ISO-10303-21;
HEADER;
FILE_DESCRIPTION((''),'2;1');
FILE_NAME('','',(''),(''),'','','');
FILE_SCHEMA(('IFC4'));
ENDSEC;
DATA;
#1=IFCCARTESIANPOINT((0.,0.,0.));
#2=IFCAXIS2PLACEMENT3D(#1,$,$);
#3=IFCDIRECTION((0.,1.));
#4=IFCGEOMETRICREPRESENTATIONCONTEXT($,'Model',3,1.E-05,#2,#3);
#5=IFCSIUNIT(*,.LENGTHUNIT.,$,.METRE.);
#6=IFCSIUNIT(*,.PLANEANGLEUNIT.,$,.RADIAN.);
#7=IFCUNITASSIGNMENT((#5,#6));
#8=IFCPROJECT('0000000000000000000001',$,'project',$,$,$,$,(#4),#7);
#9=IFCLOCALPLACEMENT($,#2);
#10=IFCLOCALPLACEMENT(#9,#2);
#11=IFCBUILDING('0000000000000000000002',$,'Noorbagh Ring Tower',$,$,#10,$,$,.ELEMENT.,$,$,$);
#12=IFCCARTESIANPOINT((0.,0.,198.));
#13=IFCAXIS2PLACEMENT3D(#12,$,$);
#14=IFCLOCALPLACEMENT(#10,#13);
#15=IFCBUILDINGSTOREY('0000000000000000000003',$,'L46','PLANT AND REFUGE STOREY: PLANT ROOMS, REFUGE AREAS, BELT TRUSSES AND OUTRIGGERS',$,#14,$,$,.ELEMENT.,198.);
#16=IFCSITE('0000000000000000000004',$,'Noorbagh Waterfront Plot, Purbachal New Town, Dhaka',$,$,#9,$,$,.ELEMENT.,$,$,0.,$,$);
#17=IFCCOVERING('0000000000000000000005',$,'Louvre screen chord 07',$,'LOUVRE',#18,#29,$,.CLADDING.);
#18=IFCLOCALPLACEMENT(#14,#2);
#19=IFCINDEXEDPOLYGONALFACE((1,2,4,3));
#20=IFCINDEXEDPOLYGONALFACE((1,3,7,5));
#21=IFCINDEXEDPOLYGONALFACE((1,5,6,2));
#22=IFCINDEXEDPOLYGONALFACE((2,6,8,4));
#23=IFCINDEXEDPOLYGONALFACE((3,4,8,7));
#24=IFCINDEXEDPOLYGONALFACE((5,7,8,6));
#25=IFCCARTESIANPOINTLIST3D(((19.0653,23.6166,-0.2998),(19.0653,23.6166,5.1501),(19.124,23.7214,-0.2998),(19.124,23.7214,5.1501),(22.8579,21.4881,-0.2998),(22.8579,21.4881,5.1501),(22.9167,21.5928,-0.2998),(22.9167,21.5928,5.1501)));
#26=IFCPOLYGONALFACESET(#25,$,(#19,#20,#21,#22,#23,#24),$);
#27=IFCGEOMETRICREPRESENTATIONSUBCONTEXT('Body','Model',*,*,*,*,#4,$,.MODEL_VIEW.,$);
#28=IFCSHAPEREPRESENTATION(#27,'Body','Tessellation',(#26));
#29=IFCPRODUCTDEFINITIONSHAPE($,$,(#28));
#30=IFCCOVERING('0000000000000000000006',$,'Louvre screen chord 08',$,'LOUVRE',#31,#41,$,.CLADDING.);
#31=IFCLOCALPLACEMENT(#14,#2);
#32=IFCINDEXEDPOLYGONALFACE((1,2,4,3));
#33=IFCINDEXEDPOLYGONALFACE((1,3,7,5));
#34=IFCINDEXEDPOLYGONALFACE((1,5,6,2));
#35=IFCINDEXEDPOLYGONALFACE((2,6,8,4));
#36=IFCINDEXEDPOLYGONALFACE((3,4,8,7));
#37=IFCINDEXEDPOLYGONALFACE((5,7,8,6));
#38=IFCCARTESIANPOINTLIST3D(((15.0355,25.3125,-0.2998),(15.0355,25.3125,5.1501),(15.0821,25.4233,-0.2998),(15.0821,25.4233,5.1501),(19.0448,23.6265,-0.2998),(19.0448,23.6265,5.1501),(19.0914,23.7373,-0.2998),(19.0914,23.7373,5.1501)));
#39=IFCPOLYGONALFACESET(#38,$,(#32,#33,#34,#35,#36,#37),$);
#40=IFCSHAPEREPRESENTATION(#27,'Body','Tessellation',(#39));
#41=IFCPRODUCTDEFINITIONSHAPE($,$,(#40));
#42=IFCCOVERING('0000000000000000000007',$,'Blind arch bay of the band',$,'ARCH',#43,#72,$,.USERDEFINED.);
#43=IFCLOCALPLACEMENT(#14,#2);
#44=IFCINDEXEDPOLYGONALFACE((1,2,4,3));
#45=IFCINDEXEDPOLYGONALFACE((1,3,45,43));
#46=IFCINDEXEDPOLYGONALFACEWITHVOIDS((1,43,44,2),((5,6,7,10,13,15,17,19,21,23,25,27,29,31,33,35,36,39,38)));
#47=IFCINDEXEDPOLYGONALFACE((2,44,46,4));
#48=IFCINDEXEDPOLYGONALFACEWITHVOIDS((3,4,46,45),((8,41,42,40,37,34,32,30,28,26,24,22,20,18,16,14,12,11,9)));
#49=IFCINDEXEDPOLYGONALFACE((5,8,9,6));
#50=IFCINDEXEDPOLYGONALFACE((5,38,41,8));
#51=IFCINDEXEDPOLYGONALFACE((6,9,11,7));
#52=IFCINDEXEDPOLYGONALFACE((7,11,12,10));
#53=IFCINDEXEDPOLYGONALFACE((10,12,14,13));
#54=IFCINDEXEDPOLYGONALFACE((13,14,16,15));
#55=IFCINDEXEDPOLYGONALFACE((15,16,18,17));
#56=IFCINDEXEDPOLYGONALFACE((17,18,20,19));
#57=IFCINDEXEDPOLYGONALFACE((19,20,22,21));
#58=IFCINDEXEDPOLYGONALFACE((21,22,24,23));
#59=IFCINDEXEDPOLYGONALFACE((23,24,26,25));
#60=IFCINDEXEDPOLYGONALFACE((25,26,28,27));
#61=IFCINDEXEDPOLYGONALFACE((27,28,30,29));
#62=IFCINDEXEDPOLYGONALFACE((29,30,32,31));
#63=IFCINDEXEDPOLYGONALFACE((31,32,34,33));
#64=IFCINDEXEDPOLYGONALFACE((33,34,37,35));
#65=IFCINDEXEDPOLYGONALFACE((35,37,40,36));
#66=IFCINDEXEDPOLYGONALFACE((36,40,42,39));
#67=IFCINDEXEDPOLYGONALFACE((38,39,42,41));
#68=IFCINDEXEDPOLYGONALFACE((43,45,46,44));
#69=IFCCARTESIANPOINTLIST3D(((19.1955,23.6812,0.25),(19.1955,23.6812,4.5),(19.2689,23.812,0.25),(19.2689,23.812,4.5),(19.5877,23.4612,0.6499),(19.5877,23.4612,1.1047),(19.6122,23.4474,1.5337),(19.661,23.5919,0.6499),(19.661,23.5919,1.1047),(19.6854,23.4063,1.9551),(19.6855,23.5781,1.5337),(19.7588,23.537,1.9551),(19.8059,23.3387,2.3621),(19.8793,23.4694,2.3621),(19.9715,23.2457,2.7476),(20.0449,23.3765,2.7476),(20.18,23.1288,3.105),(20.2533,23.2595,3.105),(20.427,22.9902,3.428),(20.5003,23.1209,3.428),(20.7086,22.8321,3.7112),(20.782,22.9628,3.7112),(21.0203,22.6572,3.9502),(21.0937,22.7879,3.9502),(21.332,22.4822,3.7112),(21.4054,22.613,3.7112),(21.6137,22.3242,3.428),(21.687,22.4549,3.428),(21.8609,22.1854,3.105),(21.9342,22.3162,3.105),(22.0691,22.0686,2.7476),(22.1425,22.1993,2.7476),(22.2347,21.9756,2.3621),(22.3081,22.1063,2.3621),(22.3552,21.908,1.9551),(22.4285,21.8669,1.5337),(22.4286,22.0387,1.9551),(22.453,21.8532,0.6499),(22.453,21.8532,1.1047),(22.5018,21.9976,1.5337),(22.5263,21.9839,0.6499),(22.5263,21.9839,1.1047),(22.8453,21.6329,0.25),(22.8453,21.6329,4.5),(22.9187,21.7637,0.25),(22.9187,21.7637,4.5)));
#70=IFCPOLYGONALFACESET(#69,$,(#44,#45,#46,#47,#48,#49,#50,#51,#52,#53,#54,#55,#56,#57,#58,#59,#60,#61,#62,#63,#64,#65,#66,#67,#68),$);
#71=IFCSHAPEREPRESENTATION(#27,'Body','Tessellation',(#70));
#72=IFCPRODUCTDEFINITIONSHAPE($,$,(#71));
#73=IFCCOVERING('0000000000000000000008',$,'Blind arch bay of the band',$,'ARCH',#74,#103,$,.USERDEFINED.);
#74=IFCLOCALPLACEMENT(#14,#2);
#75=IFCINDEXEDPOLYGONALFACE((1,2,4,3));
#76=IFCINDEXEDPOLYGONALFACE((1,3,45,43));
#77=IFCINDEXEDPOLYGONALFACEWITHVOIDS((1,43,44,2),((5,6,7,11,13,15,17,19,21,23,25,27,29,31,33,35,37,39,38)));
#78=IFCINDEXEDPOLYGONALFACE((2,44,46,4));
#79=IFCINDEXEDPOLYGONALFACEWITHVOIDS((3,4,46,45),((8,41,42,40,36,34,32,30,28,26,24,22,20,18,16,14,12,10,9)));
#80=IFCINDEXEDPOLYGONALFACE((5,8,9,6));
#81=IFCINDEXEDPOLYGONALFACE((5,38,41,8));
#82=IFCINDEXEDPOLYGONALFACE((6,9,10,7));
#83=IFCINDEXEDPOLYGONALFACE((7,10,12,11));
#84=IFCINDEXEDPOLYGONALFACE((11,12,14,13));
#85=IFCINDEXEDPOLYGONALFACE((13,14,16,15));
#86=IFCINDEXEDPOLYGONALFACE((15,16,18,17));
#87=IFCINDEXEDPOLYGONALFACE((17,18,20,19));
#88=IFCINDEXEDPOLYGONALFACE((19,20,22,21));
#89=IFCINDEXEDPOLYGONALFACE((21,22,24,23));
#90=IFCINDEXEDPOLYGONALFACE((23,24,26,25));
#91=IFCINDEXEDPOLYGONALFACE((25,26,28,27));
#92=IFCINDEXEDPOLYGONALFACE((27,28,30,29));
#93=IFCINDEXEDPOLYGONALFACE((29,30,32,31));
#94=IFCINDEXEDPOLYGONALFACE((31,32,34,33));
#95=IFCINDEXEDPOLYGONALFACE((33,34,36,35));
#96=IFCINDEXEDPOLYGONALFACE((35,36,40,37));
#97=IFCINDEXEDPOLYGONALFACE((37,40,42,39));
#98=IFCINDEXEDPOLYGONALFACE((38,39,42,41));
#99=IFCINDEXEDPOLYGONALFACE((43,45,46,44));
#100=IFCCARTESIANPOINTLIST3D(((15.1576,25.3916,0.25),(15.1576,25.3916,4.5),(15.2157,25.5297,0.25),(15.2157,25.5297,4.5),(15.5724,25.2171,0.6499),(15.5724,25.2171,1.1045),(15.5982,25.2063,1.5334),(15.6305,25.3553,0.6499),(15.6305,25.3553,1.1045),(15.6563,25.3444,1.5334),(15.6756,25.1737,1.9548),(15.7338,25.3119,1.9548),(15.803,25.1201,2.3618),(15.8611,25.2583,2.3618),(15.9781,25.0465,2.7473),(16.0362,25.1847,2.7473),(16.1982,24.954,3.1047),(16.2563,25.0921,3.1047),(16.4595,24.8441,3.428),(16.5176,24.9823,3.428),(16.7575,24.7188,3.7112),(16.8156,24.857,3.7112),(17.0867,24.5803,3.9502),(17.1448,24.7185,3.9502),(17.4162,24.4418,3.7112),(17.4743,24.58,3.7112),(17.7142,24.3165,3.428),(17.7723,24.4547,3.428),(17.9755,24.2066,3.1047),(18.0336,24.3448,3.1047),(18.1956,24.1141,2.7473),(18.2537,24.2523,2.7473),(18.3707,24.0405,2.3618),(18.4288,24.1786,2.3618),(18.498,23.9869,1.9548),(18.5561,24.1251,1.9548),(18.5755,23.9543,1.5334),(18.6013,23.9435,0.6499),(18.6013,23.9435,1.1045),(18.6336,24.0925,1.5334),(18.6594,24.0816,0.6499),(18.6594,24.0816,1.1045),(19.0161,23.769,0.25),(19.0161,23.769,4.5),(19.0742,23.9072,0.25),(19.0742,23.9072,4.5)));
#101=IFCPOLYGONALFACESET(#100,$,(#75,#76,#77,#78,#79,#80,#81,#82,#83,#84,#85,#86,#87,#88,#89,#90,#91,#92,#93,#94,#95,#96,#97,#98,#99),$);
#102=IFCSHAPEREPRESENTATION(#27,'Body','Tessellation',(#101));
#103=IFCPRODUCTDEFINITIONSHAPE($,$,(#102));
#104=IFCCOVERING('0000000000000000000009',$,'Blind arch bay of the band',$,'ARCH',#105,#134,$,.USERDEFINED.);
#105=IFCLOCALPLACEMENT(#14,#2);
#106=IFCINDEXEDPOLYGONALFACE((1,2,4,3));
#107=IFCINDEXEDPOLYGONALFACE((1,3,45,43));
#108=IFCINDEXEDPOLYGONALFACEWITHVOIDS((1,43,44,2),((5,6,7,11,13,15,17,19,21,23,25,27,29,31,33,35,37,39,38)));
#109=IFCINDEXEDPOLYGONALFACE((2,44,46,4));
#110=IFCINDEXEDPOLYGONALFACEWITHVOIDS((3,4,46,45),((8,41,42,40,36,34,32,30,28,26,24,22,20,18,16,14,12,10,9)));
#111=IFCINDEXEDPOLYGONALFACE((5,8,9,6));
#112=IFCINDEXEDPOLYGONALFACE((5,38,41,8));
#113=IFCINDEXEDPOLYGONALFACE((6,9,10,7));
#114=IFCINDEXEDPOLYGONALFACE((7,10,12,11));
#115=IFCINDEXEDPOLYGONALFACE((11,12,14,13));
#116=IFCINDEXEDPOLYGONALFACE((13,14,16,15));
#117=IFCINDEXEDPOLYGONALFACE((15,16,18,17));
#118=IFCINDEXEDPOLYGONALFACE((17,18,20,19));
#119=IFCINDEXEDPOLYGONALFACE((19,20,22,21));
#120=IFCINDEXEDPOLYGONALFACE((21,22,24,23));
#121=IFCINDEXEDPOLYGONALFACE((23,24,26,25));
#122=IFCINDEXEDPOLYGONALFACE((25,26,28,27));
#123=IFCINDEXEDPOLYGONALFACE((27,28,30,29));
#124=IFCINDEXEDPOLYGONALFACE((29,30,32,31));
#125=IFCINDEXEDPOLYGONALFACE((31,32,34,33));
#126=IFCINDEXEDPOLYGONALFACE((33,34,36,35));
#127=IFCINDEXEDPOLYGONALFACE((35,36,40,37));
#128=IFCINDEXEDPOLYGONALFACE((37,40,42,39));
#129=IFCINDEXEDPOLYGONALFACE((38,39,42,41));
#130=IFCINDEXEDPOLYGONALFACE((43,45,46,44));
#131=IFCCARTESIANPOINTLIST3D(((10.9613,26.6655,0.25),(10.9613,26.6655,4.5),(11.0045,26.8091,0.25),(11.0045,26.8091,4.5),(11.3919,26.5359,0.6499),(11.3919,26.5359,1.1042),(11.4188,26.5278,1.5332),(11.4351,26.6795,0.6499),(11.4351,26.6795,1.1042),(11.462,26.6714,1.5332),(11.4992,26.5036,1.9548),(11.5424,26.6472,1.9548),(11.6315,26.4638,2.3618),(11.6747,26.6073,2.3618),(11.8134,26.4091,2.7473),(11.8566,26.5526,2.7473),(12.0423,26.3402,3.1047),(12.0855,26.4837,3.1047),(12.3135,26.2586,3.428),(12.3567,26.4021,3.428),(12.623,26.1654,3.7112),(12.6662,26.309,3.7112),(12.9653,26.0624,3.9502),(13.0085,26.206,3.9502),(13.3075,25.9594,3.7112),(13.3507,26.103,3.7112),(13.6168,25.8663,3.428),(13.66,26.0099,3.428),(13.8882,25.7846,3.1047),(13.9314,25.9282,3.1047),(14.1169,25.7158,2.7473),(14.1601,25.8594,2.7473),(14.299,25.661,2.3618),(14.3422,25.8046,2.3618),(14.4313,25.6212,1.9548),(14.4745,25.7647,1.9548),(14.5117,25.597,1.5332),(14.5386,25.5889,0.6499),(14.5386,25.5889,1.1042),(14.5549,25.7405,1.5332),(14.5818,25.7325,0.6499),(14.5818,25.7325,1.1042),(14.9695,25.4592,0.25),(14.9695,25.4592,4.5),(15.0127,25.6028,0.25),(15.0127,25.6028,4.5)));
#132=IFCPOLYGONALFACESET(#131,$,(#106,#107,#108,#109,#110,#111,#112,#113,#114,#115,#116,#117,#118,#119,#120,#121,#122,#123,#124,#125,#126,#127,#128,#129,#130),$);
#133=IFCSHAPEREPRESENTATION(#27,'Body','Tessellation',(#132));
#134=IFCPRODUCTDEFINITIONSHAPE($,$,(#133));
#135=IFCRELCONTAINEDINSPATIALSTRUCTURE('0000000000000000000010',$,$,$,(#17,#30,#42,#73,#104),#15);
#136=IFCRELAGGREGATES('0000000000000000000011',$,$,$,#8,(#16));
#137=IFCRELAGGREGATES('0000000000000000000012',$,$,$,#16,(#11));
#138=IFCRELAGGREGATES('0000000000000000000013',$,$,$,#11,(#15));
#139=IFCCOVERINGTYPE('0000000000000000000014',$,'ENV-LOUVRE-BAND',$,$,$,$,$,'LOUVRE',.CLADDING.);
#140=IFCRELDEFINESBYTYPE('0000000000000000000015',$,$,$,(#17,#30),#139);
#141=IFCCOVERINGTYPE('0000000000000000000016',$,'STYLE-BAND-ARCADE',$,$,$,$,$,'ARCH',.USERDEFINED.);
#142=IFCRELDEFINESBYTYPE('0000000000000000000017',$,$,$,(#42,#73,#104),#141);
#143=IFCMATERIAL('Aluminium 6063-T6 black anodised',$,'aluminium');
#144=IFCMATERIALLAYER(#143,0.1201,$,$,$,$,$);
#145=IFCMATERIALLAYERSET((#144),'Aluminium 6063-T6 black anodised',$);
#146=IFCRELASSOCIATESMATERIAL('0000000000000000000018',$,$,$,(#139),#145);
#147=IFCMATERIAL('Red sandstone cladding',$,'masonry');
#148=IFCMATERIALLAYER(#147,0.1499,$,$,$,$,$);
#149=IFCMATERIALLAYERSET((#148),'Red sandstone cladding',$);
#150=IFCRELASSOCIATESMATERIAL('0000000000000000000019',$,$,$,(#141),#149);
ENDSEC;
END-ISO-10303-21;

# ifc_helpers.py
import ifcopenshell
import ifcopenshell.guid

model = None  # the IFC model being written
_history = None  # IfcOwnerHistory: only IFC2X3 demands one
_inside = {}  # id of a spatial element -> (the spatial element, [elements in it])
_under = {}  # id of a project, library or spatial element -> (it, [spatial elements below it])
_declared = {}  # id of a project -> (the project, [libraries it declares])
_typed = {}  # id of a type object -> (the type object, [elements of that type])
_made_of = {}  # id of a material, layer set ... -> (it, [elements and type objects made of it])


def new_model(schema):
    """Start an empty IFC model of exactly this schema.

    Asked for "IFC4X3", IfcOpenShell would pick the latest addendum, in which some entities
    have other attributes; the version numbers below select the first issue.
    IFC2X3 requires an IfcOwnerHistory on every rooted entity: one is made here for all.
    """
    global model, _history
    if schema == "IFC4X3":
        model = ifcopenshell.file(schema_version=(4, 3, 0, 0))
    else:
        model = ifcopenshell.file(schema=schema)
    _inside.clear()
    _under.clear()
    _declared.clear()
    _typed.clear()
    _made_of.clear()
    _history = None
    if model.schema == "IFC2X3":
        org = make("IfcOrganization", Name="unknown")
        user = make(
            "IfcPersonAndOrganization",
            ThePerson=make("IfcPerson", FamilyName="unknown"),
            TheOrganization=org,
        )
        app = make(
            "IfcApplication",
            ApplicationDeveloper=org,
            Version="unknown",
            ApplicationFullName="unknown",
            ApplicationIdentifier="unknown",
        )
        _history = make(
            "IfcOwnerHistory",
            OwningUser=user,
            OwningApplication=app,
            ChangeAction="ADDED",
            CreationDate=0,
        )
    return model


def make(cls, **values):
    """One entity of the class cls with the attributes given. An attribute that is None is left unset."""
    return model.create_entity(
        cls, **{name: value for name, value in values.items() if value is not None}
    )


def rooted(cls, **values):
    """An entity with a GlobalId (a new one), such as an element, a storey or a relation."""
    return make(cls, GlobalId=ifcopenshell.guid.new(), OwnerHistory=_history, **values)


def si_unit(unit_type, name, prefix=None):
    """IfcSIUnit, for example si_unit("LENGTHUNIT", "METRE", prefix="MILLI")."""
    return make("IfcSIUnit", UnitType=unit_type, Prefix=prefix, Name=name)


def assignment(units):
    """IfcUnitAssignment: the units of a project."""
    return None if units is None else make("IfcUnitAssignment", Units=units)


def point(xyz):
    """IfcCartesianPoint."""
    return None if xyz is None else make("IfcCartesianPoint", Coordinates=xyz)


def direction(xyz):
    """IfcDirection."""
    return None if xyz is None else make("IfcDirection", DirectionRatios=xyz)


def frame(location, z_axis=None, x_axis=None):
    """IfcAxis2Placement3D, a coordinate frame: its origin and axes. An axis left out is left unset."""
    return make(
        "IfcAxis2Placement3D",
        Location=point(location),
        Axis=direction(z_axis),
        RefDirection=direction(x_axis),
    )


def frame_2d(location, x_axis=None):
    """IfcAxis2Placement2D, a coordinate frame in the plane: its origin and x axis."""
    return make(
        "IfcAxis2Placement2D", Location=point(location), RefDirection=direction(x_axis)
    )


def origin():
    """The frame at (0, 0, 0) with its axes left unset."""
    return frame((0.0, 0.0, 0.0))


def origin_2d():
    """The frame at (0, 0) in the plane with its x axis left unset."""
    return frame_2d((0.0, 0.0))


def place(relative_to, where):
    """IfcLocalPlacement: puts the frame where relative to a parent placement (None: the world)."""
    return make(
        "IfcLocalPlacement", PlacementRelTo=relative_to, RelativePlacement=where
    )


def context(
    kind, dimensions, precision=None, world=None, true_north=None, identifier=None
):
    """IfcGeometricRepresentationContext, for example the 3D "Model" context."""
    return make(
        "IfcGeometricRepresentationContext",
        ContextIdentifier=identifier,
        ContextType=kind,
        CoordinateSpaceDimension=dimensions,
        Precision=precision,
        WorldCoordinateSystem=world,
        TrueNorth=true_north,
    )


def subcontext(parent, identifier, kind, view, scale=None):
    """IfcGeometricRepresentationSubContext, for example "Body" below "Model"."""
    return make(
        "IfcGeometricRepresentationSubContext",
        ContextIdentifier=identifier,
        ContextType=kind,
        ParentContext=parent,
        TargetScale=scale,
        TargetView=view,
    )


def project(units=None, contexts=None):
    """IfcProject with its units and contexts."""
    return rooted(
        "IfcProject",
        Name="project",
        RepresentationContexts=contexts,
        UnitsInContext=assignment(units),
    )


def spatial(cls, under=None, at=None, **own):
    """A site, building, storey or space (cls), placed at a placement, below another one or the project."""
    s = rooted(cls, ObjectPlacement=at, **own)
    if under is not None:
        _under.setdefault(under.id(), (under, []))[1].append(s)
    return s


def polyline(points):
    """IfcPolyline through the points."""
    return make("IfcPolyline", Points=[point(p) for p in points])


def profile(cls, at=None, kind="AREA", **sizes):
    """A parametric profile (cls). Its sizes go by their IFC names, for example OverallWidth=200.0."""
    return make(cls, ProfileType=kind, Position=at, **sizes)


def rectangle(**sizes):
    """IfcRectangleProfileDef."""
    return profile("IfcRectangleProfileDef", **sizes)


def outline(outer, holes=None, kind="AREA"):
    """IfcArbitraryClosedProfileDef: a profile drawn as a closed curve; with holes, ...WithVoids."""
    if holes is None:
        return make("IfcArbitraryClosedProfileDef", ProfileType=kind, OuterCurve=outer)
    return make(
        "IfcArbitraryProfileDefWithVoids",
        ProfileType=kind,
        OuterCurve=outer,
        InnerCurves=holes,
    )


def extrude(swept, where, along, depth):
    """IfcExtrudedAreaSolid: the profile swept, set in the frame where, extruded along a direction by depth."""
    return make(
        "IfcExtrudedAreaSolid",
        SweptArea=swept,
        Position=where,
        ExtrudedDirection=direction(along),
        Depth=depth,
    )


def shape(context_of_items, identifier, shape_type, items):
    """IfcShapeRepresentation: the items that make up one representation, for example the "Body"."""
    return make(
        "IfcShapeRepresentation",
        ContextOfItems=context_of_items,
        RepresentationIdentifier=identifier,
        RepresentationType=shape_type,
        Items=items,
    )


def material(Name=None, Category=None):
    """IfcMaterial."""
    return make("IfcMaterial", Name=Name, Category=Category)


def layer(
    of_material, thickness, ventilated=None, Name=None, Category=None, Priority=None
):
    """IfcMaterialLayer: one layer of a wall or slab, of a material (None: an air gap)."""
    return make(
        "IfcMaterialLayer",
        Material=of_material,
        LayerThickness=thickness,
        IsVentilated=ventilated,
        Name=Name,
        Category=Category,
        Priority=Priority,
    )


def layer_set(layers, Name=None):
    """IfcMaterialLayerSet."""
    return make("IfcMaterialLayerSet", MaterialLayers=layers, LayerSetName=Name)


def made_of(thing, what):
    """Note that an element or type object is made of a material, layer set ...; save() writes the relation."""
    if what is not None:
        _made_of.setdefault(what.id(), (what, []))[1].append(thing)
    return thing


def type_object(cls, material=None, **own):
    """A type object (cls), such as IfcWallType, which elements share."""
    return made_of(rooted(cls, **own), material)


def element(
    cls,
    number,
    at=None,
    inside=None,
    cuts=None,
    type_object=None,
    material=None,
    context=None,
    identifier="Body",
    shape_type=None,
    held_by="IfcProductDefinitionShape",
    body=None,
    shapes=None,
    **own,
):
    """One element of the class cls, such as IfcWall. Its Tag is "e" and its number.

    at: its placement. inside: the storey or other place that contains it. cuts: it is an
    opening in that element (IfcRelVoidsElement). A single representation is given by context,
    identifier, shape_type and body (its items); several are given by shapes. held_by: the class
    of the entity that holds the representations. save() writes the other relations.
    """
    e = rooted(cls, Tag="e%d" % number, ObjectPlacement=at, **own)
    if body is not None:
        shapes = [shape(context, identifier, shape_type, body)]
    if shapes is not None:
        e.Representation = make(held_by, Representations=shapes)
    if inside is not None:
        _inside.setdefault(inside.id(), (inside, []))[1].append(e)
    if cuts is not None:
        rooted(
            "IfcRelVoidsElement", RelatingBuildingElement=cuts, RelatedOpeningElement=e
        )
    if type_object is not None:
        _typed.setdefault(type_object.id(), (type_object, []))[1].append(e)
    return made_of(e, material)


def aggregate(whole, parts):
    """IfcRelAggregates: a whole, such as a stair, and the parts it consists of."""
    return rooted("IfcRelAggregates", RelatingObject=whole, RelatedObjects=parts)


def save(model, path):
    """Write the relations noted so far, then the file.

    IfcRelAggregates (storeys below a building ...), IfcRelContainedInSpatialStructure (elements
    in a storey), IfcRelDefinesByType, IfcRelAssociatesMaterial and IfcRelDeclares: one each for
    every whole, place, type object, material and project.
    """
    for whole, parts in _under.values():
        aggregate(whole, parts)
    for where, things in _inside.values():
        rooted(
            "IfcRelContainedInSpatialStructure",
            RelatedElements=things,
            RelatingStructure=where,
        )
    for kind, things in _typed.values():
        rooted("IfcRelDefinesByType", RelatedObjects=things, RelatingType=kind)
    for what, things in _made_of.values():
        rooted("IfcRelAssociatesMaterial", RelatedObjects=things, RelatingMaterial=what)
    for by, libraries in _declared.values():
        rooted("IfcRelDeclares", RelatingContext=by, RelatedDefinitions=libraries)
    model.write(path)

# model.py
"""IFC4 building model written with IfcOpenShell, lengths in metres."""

from ifc_helpers import new_model, si_unit, direction, frame, origin, origin_2d, place, context, subcontext, project, spatial, polyline, rectangle, outline, extrude, material, layer, layer_set, type_object, element, save


model = new_model("IFC4")

# Units and contexts
model_context = context("Model", 3, precision=1e-05, world=origin(), true_north=direction((0.0, 1.0)))
body_context = subcontext(model_context, "Body", "Model", "MODEL_VIEW")
ifc_project = project(units=[si_unit("LENGTHUNIT", "METRE"), si_unit("PLANEANGLEUNIT", "RADIAN")], contexts=[model_context])

# Site, building, storey
site_placement = place(None, origin())
site = spatial("IfcSite", under=ifc_project, at=site_placement, Name="Noorbagh Waterfront Plot, Purbachal New Town, Dhaka", CompositionType="ELEMENT", RefElevation=0.0)
building_placement = place(site_placement, origin())
building = spatial("IfcBuilding", under=site, at=building_placement, Name="Noorbagh Ring Tower", CompositionType="ELEMENT")
storey_placement = place(building_placement, frame((0.0, 0.0, 198.0)))
storey = spatial("IfcBuildingStorey", under=building, at=storey_placement, Name="L46", Description="PLANT AND REFUGE STOREY: PLANT ROOMS, REFUGE AREAS, BELT TRUSSES AND OUTRIGGERS", CompositionType="ELEMENT", Elevation=198.0)

# Coverings
ifc_material_1 = material(Name="Aluminium 6063-T6 black anodised", Category="aluminium")
ifc_layer_1 = layer(ifc_material_1, 0.1201)
ifc_layer_set_1 = layer_set([ifc_layer_1], Name="Aluminium 6063-T6 black anodised")
covering_type_1 = type_object("IfcCoveringType", Name="ENV-LOUVRE-BAND", ElementType="LOUVRE", PredefinedType="CLADDING", material=ifc_layer_set_1)
covering_1_placement = place(storey_placement, frame((20.991, 22.6047, -0.2998), z_axis=(0.0, 0.0, 1.0), x_axis=(-0.872045, 0.489426, 0.0)))
element("IfcCovering", 1, at=covering_1_placement, inside=storey, type_object=covering_type_1, Name="Louvre screen chord 07", ObjectType="LOUVRE", PredefinedType="CLADDING", context=body_context, shape_type="SweptSolid", body=[
    extrude(rectangle(XDim=4.3491, YDim=0.1201, at=origin_2d()), origin(), (0.0, 0.0, 1.0), 5.45),
])
covering_2_placement = place(storey_placement, frame((17.0635, 24.5249, -0.2998), z_axis=(0.0, 0.0, 1.0), x_axis=(-0.921812, 0.387638, 0.0)))
element("IfcCovering", 2, at=covering_2_placement, inside=storey, type_object=covering_type_1, Name="Louvre screen chord 08", ObjectType="LOUVRE", PredefinedType="CLADDING", context=body_context, shape_type="SweptSolid", body=[
    extrude(rectangle(XDim=4.3494, YDim=0.1201, at=origin_2d()), origin(), (0.0, 0.0, 1.0), 5.45),
])
ifc_material_2 = material(Name="Red sandstone cladding", Category="masonry")
ifc_layer_2 = layer(ifc_material_2, 0.1499)
ifc_layer_set_2 = layer_set([ifc_layer_2], Name="Red sandstone cladding")
covering_type_2 = type_object("IfcCoveringType", Name="STYLE-BAND-ARCADE", ElementType="ARCH", PredefinedType="USERDEFINED", material=ifc_layer_set_2)
covering_3_placement = place(storey_placement, frame((22.9187, 21.7637, 0.25), z_axis=(0.489402, 0.872058, 0.0), x_axis=(-0.872058, 0.489402, 0.0)))
element("IfcCovering", 3, at=covering_3_placement, inside=storey, type_object=covering_type_2, Name="Blind arch bay of the band", ObjectType="ARCH", PredefinedType="USERDEFINED", context=body_context, shape_type="SweptSolid", body=[
    extrude(outline(polyline([(0.0, 0.0), (4.1853, 0.0), (4.1853, 4.25), (0.0, 4.25), (0.0, 0.0)]), holes=[polyline([(0.45, 0.3999), (0.45, 0.8547), (0.478, 1.2837), (0.562, 1.7051), (0.7002, 2.1121), (0.8901, 2.4976), (1.1289, 2.855), (1.4124, 3.178), (1.7354, 3.4612), (2.0928, 3.7002), (2.4502, 3.4612), (2.7732, 3.178), (3.0564, 2.855), (3.2954, 2.4976), (3.4854, 2.1121), (3.6235, 1.7051), (3.7075, 1.2837), (3.7356, 0.8547), (3.7356, 0.3999), (0.45, 0.3999)])]), origin(), (0.0, 0.0, -1.0), 0.1499),
])
covering_4_placement = place(storey_placement, frame((19.0742, 23.9072, 0.25), z_axis=(0.387624, 0.921818, 0.0), x_axis=(-0.921818, 0.387624, 0.0)))
element("IfcCovering", 4, at=covering_4_placement, inside=storey, type_object=covering_type_2, Name="Blind arch bay of the band", ObjectType="ARCH", PredefinedType="USERDEFINED", context=body_context, shape_type="SweptSolid", body=[
    extrude(outline(polyline([(0.0, 0.0), (4.1858, 0.0), (4.1858, 4.25), (0.0, 4.25), (0.0, 0.0)]), holes=[polyline([(0.45, 0.3999), (0.45, 0.8545), (0.478, 1.2834), (0.562, 1.7048), (0.7002, 2.1118), (0.8901, 2.4973), (1.1289, 2.8547), (1.4124, 3.178), (1.7356, 3.4612), (2.093, 3.7002), (2.4502, 3.4612), (2.7734, 3.178), (3.0569, 2.8547), (3.2957, 2.4973), (3.4856, 2.1118), (3.6238, 1.7048), (3.7078, 1.2834), (3.7358, 0.8545), (3.7358, 0.3999), (0.45, 0.3999)])]), origin(), (0.0, 0.0, -1.0), 0.1499),
])
covering_5_placement = place(storey_placement, frame((15.0127, 25.6028, 0.25), z_axis=(0.288183, 0.957575, 0.0), x_axis=(-0.957575, 0.288183, 0.0)))
element("IfcCovering", 5, at=covering_5_placement, inside=storey, type_object=covering_type_2, Name="Blind arch bay of the band", ObjectType="ARCH", PredefinedType="USERDEFINED", context=body_context, shape_type="SweptSolid", body=[
    extrude(outline(polyline([(0.0, 0.0), (4.1858, 0.0), (4.1858, 4.25), (0.0, 4.25), (0.0, 0.0)]), holes=[polyline([(0.45, 0.3999), (0.45, 0.8542), (0.478, 1.2832), (0.562, 1.7048), (0.7002, 2.1118), (0.8904, 2.4973), (1.1292, 2.8547), (1.4126, 3.178), (1.7356, 3.4612), (2.093, 3.7002), (2.4504, 3.4612), (2.7737, 3.178), (3.0569, 2.8547), (3.2959, 2.4973), (3.4858, 2.1118), (3.624, 1.7048), (3.708, 1.2832), (3.7361, 0.8542), (3.7361, 0.3999), (0.45, 0.3999)])]), origin(), (0.0, 0.0, -1.0), 0.1499),
])

save(model, "model.ifc")
